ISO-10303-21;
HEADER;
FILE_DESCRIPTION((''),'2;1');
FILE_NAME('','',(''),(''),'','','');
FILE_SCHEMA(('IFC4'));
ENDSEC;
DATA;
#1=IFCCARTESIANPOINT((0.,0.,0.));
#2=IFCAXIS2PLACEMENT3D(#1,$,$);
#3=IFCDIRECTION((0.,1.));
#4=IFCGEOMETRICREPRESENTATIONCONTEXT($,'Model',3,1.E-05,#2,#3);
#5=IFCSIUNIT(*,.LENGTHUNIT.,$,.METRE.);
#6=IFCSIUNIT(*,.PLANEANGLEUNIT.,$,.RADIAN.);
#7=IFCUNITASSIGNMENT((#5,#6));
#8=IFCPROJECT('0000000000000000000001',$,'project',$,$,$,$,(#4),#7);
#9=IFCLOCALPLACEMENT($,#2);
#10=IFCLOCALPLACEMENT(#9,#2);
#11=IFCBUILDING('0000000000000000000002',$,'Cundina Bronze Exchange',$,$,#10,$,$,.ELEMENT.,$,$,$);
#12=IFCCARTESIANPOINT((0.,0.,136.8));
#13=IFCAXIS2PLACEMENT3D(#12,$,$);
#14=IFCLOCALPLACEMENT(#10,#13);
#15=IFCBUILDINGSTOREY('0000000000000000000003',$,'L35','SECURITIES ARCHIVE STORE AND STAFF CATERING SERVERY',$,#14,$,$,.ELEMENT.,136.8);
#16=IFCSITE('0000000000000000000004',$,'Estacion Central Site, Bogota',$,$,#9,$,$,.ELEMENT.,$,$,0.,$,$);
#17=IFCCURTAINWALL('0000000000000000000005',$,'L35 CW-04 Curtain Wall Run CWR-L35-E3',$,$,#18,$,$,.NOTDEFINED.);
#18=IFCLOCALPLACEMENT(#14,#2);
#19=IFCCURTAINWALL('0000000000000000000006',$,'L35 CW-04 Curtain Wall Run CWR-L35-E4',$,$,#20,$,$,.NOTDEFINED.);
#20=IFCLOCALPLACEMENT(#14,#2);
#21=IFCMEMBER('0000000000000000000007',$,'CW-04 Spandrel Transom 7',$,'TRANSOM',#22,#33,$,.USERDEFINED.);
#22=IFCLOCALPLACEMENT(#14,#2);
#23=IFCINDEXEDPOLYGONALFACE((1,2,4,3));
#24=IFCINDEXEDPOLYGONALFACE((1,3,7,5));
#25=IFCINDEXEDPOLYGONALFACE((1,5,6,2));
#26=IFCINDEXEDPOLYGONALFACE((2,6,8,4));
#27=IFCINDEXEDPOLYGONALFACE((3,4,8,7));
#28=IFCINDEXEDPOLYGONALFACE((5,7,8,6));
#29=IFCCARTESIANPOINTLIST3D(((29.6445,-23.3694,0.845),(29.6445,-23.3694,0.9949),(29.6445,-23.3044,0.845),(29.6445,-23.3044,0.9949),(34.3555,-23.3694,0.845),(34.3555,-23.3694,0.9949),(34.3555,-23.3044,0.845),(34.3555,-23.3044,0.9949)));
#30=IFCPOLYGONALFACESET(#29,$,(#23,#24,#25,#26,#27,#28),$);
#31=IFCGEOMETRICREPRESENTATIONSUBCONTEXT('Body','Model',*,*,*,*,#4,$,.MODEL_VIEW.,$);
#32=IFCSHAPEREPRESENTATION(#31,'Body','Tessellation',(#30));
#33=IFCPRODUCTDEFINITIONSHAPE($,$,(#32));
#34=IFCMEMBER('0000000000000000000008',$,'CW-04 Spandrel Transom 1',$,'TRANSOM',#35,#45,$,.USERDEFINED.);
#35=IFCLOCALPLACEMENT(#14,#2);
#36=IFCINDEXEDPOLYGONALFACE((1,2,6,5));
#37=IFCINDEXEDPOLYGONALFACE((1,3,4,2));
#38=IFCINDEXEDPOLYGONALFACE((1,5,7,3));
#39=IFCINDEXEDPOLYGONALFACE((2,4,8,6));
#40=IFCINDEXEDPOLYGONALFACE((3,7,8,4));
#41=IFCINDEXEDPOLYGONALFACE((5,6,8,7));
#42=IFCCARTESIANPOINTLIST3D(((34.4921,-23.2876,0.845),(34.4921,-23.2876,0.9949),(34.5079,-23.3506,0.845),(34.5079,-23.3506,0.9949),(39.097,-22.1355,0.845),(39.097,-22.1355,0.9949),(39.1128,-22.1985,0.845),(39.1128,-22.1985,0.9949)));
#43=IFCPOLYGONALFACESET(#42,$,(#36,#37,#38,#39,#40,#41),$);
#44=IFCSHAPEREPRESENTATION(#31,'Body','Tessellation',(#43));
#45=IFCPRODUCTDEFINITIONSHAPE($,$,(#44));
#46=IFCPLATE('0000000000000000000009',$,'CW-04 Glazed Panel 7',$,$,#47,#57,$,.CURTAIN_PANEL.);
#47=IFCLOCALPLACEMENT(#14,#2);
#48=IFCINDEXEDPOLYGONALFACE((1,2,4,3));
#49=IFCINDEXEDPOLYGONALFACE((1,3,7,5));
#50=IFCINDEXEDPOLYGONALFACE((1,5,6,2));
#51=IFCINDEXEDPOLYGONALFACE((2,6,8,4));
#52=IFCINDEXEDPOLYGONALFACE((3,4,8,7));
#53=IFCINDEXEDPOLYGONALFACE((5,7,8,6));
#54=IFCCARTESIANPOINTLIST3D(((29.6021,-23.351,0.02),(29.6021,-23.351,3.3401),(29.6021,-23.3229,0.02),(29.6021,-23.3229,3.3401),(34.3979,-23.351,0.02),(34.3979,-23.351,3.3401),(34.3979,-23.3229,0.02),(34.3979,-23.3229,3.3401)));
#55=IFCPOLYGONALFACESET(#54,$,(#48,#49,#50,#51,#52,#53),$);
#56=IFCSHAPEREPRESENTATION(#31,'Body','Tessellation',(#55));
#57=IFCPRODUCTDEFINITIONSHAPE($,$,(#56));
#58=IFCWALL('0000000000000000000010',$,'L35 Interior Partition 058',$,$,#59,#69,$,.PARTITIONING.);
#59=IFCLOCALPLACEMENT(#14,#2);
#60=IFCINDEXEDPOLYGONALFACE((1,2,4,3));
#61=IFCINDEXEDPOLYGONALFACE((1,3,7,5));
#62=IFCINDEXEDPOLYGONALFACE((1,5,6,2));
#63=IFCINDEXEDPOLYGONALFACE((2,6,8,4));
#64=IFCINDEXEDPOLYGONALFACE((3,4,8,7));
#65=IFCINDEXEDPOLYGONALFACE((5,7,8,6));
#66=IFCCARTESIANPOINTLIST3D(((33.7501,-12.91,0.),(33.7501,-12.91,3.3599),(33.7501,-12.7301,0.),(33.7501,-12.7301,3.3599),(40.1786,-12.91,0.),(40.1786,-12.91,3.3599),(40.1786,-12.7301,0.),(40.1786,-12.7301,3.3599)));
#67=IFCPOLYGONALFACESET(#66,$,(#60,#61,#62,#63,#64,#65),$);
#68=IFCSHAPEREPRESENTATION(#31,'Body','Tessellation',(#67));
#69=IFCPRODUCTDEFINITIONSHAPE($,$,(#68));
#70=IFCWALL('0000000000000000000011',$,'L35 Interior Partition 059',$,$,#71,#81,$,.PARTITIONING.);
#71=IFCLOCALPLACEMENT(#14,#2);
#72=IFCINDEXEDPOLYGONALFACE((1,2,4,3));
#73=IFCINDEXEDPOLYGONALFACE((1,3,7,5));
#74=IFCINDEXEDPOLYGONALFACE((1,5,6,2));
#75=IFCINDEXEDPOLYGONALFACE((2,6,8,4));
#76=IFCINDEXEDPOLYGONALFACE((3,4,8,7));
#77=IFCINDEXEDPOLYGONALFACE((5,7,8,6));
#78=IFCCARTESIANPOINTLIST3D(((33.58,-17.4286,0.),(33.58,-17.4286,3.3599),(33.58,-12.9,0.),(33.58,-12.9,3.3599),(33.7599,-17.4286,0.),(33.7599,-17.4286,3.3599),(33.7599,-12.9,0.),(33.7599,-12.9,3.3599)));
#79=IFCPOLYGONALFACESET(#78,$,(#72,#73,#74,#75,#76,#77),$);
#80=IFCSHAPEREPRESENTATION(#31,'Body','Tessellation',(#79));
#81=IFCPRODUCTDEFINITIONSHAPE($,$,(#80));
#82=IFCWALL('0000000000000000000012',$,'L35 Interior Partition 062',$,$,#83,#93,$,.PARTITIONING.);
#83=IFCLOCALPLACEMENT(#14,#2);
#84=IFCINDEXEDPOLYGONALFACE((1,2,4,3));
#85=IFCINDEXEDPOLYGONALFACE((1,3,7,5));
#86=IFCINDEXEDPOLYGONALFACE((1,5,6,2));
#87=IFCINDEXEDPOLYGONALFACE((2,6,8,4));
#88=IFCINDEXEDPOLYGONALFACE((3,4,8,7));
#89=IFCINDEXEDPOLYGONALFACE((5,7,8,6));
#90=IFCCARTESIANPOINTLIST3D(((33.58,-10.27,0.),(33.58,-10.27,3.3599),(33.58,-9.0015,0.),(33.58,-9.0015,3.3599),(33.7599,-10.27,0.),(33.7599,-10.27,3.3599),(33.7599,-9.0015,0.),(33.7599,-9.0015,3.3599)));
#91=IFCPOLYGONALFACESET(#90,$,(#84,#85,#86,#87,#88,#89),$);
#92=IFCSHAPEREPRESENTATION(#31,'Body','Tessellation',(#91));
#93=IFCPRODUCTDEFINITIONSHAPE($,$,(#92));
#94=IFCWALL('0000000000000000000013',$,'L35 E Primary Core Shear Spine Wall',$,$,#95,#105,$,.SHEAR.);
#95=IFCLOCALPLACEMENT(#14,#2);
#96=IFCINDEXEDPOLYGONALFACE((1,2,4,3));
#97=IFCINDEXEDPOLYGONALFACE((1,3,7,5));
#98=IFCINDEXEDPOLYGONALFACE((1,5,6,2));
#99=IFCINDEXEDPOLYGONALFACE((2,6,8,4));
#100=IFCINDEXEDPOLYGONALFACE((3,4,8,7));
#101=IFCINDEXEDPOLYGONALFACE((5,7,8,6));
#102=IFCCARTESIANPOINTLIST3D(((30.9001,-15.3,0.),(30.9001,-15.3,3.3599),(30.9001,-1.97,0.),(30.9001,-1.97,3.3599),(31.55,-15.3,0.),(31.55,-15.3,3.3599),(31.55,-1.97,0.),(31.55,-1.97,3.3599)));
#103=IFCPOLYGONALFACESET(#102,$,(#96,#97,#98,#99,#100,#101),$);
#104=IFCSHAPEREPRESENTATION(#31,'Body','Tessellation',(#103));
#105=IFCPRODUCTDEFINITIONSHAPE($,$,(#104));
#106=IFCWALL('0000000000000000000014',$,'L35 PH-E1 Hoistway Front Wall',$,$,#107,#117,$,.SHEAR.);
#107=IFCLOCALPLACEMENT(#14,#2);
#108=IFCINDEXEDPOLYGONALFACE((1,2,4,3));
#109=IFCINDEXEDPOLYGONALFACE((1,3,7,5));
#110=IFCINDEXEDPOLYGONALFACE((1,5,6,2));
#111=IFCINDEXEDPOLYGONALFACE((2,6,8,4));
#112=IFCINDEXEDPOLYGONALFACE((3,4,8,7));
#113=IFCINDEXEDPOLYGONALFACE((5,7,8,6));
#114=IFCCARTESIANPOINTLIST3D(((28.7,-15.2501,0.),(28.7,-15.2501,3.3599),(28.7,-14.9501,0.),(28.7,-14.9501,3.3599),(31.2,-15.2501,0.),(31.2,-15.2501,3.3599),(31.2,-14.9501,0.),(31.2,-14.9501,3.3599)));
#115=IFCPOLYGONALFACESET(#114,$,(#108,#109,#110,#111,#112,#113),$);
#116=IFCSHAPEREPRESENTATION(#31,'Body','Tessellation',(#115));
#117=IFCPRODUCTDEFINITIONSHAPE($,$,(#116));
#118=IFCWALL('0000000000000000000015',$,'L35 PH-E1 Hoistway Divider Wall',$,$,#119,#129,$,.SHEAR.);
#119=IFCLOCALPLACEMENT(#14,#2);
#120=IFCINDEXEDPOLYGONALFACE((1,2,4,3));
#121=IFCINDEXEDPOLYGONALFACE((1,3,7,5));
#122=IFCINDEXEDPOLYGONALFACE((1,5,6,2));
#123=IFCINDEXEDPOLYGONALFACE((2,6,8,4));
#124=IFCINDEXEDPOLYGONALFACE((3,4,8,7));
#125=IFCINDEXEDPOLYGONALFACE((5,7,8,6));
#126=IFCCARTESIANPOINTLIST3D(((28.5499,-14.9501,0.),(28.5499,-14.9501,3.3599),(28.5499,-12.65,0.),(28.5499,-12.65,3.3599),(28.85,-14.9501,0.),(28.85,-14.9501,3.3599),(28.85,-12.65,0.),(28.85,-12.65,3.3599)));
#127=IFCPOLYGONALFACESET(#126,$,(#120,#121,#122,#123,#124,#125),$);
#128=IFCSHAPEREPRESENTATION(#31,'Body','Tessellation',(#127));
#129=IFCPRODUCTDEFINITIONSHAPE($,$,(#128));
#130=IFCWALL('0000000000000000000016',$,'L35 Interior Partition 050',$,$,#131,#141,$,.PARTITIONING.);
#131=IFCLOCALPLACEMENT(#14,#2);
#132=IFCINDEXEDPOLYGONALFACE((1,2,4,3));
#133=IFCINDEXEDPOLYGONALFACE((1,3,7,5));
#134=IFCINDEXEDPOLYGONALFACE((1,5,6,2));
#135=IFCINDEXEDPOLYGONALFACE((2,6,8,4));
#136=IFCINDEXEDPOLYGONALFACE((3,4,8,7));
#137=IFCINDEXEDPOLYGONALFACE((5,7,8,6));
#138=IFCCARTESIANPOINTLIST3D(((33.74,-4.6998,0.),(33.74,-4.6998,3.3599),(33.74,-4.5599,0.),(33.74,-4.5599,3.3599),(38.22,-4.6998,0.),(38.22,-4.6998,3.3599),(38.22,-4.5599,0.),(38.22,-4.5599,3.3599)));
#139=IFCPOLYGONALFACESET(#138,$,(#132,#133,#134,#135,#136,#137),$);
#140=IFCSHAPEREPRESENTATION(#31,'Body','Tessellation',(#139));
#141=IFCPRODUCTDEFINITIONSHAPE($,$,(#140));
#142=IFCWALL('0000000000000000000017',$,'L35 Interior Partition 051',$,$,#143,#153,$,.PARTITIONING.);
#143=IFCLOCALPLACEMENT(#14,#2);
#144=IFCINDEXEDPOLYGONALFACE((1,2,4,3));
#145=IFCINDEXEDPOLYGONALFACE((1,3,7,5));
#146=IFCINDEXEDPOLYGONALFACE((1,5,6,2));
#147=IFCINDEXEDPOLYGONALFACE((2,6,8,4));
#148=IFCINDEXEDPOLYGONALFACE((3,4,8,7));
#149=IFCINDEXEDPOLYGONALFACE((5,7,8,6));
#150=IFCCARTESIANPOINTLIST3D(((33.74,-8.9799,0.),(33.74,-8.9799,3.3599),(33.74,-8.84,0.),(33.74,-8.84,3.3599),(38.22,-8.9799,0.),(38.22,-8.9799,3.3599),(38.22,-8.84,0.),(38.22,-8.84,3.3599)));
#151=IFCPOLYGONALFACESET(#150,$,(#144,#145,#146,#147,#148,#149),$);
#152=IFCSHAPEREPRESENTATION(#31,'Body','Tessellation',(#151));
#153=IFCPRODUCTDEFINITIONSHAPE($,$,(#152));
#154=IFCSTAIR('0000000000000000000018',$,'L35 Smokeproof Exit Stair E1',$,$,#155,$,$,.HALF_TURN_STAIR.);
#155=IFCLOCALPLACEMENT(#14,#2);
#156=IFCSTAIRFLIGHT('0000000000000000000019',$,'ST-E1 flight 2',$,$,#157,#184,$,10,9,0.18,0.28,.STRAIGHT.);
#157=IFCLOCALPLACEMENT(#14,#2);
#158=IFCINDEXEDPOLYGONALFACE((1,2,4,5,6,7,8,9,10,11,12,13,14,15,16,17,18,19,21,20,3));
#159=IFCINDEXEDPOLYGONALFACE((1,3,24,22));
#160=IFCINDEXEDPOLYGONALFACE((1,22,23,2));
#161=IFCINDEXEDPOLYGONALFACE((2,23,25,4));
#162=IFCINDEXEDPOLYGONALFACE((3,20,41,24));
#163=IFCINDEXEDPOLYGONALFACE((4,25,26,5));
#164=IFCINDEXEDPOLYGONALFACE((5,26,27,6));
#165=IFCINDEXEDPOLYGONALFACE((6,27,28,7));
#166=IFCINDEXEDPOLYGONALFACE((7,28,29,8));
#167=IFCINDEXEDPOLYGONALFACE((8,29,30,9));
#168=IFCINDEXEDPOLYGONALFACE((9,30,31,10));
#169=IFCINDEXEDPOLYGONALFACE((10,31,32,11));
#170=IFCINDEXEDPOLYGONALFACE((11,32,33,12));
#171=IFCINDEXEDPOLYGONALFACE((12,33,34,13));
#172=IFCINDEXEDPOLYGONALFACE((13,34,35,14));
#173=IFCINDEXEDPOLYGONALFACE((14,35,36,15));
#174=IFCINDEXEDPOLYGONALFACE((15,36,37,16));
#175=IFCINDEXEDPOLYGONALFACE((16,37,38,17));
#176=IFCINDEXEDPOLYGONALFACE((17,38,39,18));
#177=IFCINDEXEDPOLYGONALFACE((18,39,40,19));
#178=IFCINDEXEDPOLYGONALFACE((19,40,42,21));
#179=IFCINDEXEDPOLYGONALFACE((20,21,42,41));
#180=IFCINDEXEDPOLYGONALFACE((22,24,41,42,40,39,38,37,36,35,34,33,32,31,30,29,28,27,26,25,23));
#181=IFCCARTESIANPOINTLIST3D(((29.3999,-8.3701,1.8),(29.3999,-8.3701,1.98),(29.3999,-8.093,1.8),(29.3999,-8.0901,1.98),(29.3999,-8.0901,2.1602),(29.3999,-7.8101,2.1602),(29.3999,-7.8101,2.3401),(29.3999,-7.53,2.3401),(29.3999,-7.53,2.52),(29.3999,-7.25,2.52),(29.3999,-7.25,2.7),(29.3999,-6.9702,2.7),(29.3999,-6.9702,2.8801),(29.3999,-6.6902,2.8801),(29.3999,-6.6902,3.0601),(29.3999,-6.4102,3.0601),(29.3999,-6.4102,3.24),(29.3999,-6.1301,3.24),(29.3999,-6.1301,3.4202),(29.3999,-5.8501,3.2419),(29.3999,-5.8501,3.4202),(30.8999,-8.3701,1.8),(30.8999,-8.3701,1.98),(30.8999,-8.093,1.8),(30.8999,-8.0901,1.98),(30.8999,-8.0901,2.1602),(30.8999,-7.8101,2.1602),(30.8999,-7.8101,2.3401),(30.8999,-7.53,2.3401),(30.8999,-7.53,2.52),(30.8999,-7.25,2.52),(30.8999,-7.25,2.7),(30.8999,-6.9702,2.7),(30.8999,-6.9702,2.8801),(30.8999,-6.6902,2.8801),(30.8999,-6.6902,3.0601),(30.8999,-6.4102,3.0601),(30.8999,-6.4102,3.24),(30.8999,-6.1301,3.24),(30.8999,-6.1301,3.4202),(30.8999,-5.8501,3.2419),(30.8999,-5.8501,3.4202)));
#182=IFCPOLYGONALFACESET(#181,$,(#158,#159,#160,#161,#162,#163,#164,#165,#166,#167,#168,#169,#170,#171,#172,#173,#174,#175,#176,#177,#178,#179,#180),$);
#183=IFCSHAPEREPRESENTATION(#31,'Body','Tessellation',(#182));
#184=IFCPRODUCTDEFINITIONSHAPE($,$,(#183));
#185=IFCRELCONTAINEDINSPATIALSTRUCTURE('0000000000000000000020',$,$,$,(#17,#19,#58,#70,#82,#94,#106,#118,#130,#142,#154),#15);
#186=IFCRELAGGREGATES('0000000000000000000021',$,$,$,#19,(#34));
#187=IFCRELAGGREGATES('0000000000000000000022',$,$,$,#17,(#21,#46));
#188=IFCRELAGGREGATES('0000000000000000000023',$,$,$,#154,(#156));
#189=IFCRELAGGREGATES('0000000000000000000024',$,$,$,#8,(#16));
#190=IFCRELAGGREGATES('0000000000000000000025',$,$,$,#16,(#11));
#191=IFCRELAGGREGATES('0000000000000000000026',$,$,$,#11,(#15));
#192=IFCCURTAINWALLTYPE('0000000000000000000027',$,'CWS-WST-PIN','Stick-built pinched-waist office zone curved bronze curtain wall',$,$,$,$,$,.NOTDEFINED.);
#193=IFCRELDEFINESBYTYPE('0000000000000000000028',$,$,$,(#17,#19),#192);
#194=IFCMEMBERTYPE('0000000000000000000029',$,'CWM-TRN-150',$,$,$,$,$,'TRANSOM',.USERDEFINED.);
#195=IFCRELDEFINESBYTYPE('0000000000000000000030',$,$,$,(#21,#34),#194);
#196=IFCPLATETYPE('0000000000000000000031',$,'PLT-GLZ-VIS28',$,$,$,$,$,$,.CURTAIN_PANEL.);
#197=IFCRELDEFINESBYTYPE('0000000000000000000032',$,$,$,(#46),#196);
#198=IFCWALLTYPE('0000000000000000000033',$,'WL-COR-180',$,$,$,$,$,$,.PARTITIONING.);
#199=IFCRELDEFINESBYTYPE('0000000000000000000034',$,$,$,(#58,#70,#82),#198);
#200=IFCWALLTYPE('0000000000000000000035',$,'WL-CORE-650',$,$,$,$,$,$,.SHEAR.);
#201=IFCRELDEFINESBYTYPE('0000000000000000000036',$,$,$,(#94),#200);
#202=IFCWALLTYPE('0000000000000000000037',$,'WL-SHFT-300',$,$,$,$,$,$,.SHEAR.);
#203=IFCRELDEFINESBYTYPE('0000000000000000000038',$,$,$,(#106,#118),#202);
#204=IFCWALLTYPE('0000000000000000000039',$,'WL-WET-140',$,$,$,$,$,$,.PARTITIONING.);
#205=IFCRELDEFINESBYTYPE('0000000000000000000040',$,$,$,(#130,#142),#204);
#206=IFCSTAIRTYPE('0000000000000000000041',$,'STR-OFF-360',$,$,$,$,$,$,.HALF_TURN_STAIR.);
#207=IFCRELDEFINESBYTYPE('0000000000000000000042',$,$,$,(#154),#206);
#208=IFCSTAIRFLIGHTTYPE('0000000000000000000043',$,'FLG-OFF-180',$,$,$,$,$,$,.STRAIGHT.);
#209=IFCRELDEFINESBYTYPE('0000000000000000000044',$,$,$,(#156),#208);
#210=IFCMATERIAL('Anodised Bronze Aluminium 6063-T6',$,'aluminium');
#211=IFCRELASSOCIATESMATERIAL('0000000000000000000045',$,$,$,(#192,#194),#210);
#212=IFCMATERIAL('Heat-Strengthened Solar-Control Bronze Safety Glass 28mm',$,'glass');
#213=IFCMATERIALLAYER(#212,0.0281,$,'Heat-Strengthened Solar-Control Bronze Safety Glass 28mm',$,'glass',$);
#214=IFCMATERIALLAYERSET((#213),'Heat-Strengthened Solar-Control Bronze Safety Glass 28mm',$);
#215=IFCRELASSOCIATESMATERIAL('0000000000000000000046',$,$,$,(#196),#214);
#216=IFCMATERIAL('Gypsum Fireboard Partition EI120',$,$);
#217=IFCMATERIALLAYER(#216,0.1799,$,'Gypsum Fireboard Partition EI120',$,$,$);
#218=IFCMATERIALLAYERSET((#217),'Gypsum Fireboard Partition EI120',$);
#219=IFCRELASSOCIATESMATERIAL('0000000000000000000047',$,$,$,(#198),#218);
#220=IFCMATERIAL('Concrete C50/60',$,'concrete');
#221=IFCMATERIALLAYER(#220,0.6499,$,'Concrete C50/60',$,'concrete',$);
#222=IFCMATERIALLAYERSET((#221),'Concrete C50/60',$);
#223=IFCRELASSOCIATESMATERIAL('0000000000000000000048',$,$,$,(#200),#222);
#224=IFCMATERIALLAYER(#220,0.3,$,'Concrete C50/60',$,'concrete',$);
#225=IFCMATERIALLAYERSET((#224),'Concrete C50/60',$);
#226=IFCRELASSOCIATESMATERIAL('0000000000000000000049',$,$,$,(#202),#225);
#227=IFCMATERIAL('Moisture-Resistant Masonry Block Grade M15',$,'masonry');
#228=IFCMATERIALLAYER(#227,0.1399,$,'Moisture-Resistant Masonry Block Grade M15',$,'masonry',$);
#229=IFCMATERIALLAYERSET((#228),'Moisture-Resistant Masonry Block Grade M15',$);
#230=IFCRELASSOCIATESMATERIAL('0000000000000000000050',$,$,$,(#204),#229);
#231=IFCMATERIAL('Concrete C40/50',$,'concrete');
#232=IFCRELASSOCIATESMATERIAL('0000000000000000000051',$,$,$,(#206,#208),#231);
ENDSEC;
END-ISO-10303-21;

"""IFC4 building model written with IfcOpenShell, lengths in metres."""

from ifc_helpers import new_model, si_unit, direction, frame, frame_2d, origin, origin_2d, place, context, subcontext, project, spatial, polyline, rectangle, outline, extrude, material, layer, layer_set, material_profile, profile_set, type_object, element, aggregate, save


model = new_model("IFC4")

# Units and contexts
model_context = context("Model", 3, precision=1e-05, world=origin(), true_north=direction((0.0, 1.0)))
body_context = subcontext(model_context, "Body", "Model", "MODEL_VIEW")
ifc_project = project(units=[si_unit("LENGTHUNIT", "METRE"), si_unit("PLANEANGLEUNIT", "RADIAN")], contexts=[model_context])

# Site, building, storey
site_placement = place(None, origin())
site = spatial("IfcSite", under=ifc_project, at=site_placement, Name="Estacion Central Site, Bogota", CompositionType="ELEMENT", RefElevation=0.0)
building_placement = place(site_placement, origin())
building = spatial("IfcBuilding", under=site, at=building_placement, Name="Cundina Bronze Exchange", CompositionType="ELEMENT")
storey_placement = place(building_placement, frame((0.0, 0.0, 136.8)))
storey = spatial("IfcBuildingStorey", under=building, at=storey_placement, Name="L35", Description="SECURITIES ARCHIVE STORE AND STAFF CATERING SERVERY", CompositionType="ELEMENT", Elevation=136.8)

# Shared definitions
ifc_material_1 = material(Name="Concrete C50/60", Category="concrete")

# Curtain wall
ifc_material_2 = material(Name="Anodised Bronze Aluminium 6063-T6", Category="aluminium")
curtain_wall_type = type_object("IfcCurtainWallType", Name="CWS-WST-PIN", Description="Stick-built pinched-waist office zone curved bronze curtain wall", PredefinedType="NOTDEFINED", material=ifc_material_2)
curtain_wall_1_placement = place(storey_placement, origin())
curtain_wall_1 = element("IfcCurtainWall", 1, at=curtain_wall_1_placement, inside=storey, type_object=curtain_wall_type, Name="L35 CW-04 Curtain Wall Run CWR-L35-E3", PredefinedType="NOTDEFINED")

# Curtain wall
curtain_wall_2_placement = place(storey_placement, origin())
curtain_wall_2 = element("IfcCurtainWall", 2, at=curtain_wall_2_placement, inside=storey, type_object=curtain_wall_type, Name="L35 CW-04 Curtain Wall Run CWR-L35-E4", PredefinedType="NOTDEFINED")

# Members
ifc_material_profile_1 = material_profile(ifc_material_2, rectangle(XDim=0.0649, YDim=0.1499, at=origin_2d()), Name="AL65X150", Category="aluminium")
ifc_profile_set_1 = profile_set([ifc_material_profile_1], Name="Anodised Bronze Aluminium 6063-T6")
member_type_1 = type_object("IfcMemberType", Name="CWM-TRN-150", ElementType="TRANSOM", PredefinedType="USERDEFINED", material=ifc_profile_set_1)
member_1_placement = place(storey_placement, frame((29.6445, -23.3369, 0.9199), z_axis=(1.0, 0.0, 0.0), x_axis=(0.0, 1.0, 0.0)))
member_1 = element("IfcMember", 3, at=member_1_placement, type_object=member_type_1, Name="CW-04 Spandrel Transom 7", ObjectType="TRANSOM", PredefinedType="USERDEFINED", context=body_context, shape_type="SweptSolid", body=[
    extrude(rectangle(XDim=0.0649, YDim=0.1499, at=origin_2d()), origin(), (0.0, 0.0, 1.0), 4.7109),
])
member_2_placement = place(storey_placement, frame((34.5, -23.3191, 0.9199), z_axis=(0.9701, 0.242705, 0.0), x_axis=(-0.242705, 0.9701, 0.0)))
member_2 = element("IfcMember", 4, at=member_2_placement, type_object=member_type_1, Name="CW-04 Spandrel Transom 1", ObjectType="TRANSOM", PredefinedType="USERDEFINED", context=body_context, shape_type="SweptSolid", body=[
    extrude(rectangle(XDim=0.0649, YDim=0.1499, at=origin_2d()), origin(), (0.0, 0.0, 1.0), 4.7468),
])
aggregate(curtain_wall_2, [member_2])

# Plate
ifc_material_3 = material(Name="Heat-Strengthened Solar-Control Bronze Safety Glass 28mm", Category="glass")
ifc_layer_1 = layer(ifc_material_3, 0.0281, Name="Heat-Strengthened Solar-Control Bronze Safety Glass 28mm", Category="glass")
ifc_layer_set_1 = layer_set([ifc_layer_1], Name="Heat-Strengthened Solar-Control Bronze Safety Glass 28mm")
plate_type = type_object("IfcPlateType", Name="PLT-GLZ-VIS28", PredefinedType="CURTAIN_PANEL", material=ifc_layer_set_1)
plate_placement = place(storey_placement, frame((32.0, -23.3369, 0.02), z_axis=(0.0, 0.0, 1.0), x_axis=(1.0, 0.0, 0.0)))
plate = element("IfcPlate", 5, at=plate_placement, type_object=plate_type, Name="CW-04 Glazed Panel 7", PredefinedType="CURTAIN_PANEL", context=body_context, shape_type="SweptSolid", body=[
    extrude(rectangle(XDim=4.7959, YDim=0.0281, at=origin_2d()), origin(), (0.0, 0.0, 1.0), 3.3201),
])
aggregate(curtain_wall_1, [member_1, plate])

# Shared definitions
ifc_material_4 = material(Name="Gypsum Fireboard Partition EI120")
ifc_layer_2 = layer(ifc_material_4, 0.1799, Name="Gypsum Fireboard Partition EI120")
ifc_layer_set_2 = layer_set([ifc_layer_2], Name="Gypsum Fireboard Partition EI120")
wall_type_1 = type_object("IfcWallType", Name="WL-COR-180", PredefinedType="PARTITIONING", material=ifc_layer_set_2)

# Walls
wall_1_placement = place(storey_placement, frame((33.75, -12.8201, 0.0), z_axis=(0.0, 0.0, 1.0), x_axis=(1.0, 0.0, 0.0)))
element("IfcWall", 6, at=wall_1_placement, inside=storey, type_object=wall_type_1, Name="L35 Interior Partition 058", PredefinedType="PARTITIONING", context=body_context, shape_type="SweptSolid", body=[
    extrude(rectangle(XDim=6.4285, YDim=0.1799, at=frame_2d((3.2144, 0.0))), origin(), (0.0, 0.0, 1.0), 3.3599),
])
wall_2_placement = place(storey_placement, frame((33.6699, -17.4285, 0.0), z_axis=(0.0, 0.0, 1.0), x_axis=(0.0, 1.0, 0.0)))
element("IfcWall", 7, at=wall_2_placement, inside=storey, type_object=wall_type_1, Name="L35 Interior Partition 059", PredefinedType="PARTITIONING", context=body_context, shape_type="SweptSolid", body=[
    extrude(rectangle(XDim=4.5286, YDim=0.1799, at=frame_2d((2.2642, 0.0))), origin(), (0.0, 0.0, 1.0), 3.3599),
])
wall_3_placement = place(storey_placement, frame((33.6699, -10.27, 0.0), z_axis=(0.0, 0.0, 1.0), x_axis=(0.0, 1.0, 0.0)))
element("IfcWall", 8, at=wall_3_placement, inside=storey, type_object=wall_type_1, Name="L35 Interior Partition 062", PredefinedType="PARTITIONING", context=body_context, shape_type="SweptSolid", body=[
    extrude(rectangle(XDim=1.2686, YDim=0.1799, at=frame_2d((0.6343, 0.0))), origin(), (0.0, 0.0, 1.0), 3.3599),
])
ifc_layer_3 = layer(ifc_material_1, 0.6499, Name="Concrete C50/60", Category="concrete")
ifc_layer_set_3 = layer_set([ifc_layer_3], Name="Concrete C50/60")
wall_type_2 = type_object("IfcWallType", Name="WL-CORE-650", PredefinedType="SHEAR", material=ifc_layer_set_3)
wall_4_placement = place(storey_placement, frame((31.2251, -15.3, 0.0), z_axis=(0.0, 0.0, 1.0), x_axis=(0.0, 1.0, 0.0)))
element("IfcWall", 9, at=wall_4_placement, inside=storey, type_object=wall_type_2, Name="L35 E Primary Core Shear Spine Wall", PredefinedType="SHEAR", context=body_context, shape_type="SweptSolid", body=[
    extrude(rectangle(XDim=13.3301, YDim=0.6499, at=frame_2d((6.665, 0.0))), origin(), (0.0, 0.0, 1.0), 3.3599),
])
ifc_layer_4 = layer(ifc_material_1, 0.3, Name="Concrete C50/60", Category="concrete")
ifc_layer_set_4 = layer_set([ifc_layer_4], Name="Concrete C50/60")
wall_type_3 = type_object("IfcWallType", Name="WL-SHFT-300", PredefinedType="SHEAR", material=ifc_layer_set_4)
wall_5_placement = place(storey_placement, frame((28.7, -15.1001, 0.0), z_axis=(0.0, 0.0, 1.0), x_axis=(1.0, 0.0, 0.0)))
element("IfcWall", 10, at=wall_5_placement, inside=storey, type_object=wall_type_3, Name="L35 PH-E1 Hoistway Front Wall", PredefinedType="SHEAR", context=body_context, shape_type="SweptSolid", body=[
    extrude(rectangle(XDim=2.5, YDim=0.3, at=frame_2d((1.25, 0.0))), origin(), (0.0, 0.0, 1.0), 3.3599),
])
wall_6_placement = place(storey_placement, frame((28.7, -14.95, 0.0), z_axis=(0.0, 0.0, 1.0), x_axis=(0.0, 1.0, 0.0)))
element("IfcWall", 11, at=wall_6_placement, inside=storey, type_object=wall_type_3, Name="L35 PH-E1 Hoistway Divider Wall", PredefinedType="SHEAR", context=body_context, shape_type="SweptSolid", body=[
    extrude(rectangle(XDim=2.3, YDim=0.3, at=frame_2d((1.1499, 0.0))), origin(), (0.0, 0.0, 1.0), 3.3599),
])
ifc_material_5 = material(Name="Moisture-Resistant Masonry Block Grade M15", Category="masonry")
ifc_layer_5 = layer(ifc_material_5, 0.1399, Name="Moisture-Resistant Masonry Block Grade M15", Category="masonry")
ifc_layer_set_5 = layer_set([ifc_layer_5], Name="Moisture-Resistant Masonry Block Grade M15")
wall_type_4 = type_object("IfcWallType", Name="WL-WET-140", PredefinedType="PARTITIONING", material=ifc_layer_set_5)
for number, where, z_axis, x_axis, name in (
    (12, (33.74, -4.6299, 0.0), (0.0, 0.0, 1.0), (1.0, 0.0, 0.0), "L35 Interior Partition 050"),
    (13, (33.74, -8.9099, 0.0), (0.0, 0.0, 1.0), (1.0, 0.0, 0.0), "L35 Interior Partition 051"),
):
    element("IfcWall", number, at=place(storey_placement, frame(where, z_axis=z_axis, x_axis=x_axis)), inside=storey, type_object=wall_type_4, Name=name, PredefinedType="PARTITIONING", context=body_context, shape_type="SweptSolid", body=[
        extrude(rectangle(XDim=4.48, YDim=0.1399, at=frame_2d((2.24, 0.0))), origin(), (0.0, 0.0, 1.0), 3.3599),
    ])

# Stair, stair flight
ifc_material_6 = material(Name="Concrete C40/50", Category="concrete")
stair_type = type_object("IfcStairType", Name="STR-OFF-360", PredefinedType="HALF_TURN_STAIR", material=ifc_material_6)
stair_placement = place(storey_placement, origin())
stair = element("IfcStair", 14, at=stair_placement, inside=storey, type_object=stair_type, Name="L35 Smokeproof Exit Stair E1", PredefinedType="HALF_TURN_STAIR")
stair_flight_type = type_object("IfcStairFlightType", Name="FLG-OFF-180", PredefinedType="STRAIGHT", material=ifc_material_6)
stair_flight_placement = place(storey_placement, frame((30.1499, -8.3701, 1.8), z_axis=(0.0, 0.0, 1.0), x_axis=(0.0, 1.0, 0.0)))
stair_flight = element("IfcStairFlight", 15, at=stair_flight_placement, type_object=stair_flight_type, Name="ST-E1 flight 2", NumberOfRisers=10, NumberOfTreads=9, PredefinedType="STRAIGHT", RiserHeight=0.18, TreadLength=0.28, context=body_context, shape_type="SweptSolid", body=[
    extrude(outline(polyline([(0.0, 0.0), (0.0, 0.1799), (0.28, 0.1799), (0.28, 0.3601), (0.5601, 0.3601), (0.5601, 0.54), (0.8401, 0.54), (0.8401, 0.72), (1.1201, 0.72), (1.1201, 0.8999), (1.3999, 0.8999), (1.3999, 1.0801), (1.6799, 1.0801), (1.6799, 1.26), (1.96, 1.26), (1.96, 1.4399), (2.24, 1.4399), (2.24, 1.6201), (2.52, 1.6201), (2.52, 1.8), (2.52, 1.4419), (0.2771, 0.0), (0.0, 0.0)])), frame((0.0, 0.75, 0.0), z_axis=(0.0, -1.0, 0.0), x_axis=(1.0, 0.0, 0.0)), (0.0, 0.0, 1.0), 1.5),
])
aggregate(stair, [stair_flight])

save(model, "model.ifc")
